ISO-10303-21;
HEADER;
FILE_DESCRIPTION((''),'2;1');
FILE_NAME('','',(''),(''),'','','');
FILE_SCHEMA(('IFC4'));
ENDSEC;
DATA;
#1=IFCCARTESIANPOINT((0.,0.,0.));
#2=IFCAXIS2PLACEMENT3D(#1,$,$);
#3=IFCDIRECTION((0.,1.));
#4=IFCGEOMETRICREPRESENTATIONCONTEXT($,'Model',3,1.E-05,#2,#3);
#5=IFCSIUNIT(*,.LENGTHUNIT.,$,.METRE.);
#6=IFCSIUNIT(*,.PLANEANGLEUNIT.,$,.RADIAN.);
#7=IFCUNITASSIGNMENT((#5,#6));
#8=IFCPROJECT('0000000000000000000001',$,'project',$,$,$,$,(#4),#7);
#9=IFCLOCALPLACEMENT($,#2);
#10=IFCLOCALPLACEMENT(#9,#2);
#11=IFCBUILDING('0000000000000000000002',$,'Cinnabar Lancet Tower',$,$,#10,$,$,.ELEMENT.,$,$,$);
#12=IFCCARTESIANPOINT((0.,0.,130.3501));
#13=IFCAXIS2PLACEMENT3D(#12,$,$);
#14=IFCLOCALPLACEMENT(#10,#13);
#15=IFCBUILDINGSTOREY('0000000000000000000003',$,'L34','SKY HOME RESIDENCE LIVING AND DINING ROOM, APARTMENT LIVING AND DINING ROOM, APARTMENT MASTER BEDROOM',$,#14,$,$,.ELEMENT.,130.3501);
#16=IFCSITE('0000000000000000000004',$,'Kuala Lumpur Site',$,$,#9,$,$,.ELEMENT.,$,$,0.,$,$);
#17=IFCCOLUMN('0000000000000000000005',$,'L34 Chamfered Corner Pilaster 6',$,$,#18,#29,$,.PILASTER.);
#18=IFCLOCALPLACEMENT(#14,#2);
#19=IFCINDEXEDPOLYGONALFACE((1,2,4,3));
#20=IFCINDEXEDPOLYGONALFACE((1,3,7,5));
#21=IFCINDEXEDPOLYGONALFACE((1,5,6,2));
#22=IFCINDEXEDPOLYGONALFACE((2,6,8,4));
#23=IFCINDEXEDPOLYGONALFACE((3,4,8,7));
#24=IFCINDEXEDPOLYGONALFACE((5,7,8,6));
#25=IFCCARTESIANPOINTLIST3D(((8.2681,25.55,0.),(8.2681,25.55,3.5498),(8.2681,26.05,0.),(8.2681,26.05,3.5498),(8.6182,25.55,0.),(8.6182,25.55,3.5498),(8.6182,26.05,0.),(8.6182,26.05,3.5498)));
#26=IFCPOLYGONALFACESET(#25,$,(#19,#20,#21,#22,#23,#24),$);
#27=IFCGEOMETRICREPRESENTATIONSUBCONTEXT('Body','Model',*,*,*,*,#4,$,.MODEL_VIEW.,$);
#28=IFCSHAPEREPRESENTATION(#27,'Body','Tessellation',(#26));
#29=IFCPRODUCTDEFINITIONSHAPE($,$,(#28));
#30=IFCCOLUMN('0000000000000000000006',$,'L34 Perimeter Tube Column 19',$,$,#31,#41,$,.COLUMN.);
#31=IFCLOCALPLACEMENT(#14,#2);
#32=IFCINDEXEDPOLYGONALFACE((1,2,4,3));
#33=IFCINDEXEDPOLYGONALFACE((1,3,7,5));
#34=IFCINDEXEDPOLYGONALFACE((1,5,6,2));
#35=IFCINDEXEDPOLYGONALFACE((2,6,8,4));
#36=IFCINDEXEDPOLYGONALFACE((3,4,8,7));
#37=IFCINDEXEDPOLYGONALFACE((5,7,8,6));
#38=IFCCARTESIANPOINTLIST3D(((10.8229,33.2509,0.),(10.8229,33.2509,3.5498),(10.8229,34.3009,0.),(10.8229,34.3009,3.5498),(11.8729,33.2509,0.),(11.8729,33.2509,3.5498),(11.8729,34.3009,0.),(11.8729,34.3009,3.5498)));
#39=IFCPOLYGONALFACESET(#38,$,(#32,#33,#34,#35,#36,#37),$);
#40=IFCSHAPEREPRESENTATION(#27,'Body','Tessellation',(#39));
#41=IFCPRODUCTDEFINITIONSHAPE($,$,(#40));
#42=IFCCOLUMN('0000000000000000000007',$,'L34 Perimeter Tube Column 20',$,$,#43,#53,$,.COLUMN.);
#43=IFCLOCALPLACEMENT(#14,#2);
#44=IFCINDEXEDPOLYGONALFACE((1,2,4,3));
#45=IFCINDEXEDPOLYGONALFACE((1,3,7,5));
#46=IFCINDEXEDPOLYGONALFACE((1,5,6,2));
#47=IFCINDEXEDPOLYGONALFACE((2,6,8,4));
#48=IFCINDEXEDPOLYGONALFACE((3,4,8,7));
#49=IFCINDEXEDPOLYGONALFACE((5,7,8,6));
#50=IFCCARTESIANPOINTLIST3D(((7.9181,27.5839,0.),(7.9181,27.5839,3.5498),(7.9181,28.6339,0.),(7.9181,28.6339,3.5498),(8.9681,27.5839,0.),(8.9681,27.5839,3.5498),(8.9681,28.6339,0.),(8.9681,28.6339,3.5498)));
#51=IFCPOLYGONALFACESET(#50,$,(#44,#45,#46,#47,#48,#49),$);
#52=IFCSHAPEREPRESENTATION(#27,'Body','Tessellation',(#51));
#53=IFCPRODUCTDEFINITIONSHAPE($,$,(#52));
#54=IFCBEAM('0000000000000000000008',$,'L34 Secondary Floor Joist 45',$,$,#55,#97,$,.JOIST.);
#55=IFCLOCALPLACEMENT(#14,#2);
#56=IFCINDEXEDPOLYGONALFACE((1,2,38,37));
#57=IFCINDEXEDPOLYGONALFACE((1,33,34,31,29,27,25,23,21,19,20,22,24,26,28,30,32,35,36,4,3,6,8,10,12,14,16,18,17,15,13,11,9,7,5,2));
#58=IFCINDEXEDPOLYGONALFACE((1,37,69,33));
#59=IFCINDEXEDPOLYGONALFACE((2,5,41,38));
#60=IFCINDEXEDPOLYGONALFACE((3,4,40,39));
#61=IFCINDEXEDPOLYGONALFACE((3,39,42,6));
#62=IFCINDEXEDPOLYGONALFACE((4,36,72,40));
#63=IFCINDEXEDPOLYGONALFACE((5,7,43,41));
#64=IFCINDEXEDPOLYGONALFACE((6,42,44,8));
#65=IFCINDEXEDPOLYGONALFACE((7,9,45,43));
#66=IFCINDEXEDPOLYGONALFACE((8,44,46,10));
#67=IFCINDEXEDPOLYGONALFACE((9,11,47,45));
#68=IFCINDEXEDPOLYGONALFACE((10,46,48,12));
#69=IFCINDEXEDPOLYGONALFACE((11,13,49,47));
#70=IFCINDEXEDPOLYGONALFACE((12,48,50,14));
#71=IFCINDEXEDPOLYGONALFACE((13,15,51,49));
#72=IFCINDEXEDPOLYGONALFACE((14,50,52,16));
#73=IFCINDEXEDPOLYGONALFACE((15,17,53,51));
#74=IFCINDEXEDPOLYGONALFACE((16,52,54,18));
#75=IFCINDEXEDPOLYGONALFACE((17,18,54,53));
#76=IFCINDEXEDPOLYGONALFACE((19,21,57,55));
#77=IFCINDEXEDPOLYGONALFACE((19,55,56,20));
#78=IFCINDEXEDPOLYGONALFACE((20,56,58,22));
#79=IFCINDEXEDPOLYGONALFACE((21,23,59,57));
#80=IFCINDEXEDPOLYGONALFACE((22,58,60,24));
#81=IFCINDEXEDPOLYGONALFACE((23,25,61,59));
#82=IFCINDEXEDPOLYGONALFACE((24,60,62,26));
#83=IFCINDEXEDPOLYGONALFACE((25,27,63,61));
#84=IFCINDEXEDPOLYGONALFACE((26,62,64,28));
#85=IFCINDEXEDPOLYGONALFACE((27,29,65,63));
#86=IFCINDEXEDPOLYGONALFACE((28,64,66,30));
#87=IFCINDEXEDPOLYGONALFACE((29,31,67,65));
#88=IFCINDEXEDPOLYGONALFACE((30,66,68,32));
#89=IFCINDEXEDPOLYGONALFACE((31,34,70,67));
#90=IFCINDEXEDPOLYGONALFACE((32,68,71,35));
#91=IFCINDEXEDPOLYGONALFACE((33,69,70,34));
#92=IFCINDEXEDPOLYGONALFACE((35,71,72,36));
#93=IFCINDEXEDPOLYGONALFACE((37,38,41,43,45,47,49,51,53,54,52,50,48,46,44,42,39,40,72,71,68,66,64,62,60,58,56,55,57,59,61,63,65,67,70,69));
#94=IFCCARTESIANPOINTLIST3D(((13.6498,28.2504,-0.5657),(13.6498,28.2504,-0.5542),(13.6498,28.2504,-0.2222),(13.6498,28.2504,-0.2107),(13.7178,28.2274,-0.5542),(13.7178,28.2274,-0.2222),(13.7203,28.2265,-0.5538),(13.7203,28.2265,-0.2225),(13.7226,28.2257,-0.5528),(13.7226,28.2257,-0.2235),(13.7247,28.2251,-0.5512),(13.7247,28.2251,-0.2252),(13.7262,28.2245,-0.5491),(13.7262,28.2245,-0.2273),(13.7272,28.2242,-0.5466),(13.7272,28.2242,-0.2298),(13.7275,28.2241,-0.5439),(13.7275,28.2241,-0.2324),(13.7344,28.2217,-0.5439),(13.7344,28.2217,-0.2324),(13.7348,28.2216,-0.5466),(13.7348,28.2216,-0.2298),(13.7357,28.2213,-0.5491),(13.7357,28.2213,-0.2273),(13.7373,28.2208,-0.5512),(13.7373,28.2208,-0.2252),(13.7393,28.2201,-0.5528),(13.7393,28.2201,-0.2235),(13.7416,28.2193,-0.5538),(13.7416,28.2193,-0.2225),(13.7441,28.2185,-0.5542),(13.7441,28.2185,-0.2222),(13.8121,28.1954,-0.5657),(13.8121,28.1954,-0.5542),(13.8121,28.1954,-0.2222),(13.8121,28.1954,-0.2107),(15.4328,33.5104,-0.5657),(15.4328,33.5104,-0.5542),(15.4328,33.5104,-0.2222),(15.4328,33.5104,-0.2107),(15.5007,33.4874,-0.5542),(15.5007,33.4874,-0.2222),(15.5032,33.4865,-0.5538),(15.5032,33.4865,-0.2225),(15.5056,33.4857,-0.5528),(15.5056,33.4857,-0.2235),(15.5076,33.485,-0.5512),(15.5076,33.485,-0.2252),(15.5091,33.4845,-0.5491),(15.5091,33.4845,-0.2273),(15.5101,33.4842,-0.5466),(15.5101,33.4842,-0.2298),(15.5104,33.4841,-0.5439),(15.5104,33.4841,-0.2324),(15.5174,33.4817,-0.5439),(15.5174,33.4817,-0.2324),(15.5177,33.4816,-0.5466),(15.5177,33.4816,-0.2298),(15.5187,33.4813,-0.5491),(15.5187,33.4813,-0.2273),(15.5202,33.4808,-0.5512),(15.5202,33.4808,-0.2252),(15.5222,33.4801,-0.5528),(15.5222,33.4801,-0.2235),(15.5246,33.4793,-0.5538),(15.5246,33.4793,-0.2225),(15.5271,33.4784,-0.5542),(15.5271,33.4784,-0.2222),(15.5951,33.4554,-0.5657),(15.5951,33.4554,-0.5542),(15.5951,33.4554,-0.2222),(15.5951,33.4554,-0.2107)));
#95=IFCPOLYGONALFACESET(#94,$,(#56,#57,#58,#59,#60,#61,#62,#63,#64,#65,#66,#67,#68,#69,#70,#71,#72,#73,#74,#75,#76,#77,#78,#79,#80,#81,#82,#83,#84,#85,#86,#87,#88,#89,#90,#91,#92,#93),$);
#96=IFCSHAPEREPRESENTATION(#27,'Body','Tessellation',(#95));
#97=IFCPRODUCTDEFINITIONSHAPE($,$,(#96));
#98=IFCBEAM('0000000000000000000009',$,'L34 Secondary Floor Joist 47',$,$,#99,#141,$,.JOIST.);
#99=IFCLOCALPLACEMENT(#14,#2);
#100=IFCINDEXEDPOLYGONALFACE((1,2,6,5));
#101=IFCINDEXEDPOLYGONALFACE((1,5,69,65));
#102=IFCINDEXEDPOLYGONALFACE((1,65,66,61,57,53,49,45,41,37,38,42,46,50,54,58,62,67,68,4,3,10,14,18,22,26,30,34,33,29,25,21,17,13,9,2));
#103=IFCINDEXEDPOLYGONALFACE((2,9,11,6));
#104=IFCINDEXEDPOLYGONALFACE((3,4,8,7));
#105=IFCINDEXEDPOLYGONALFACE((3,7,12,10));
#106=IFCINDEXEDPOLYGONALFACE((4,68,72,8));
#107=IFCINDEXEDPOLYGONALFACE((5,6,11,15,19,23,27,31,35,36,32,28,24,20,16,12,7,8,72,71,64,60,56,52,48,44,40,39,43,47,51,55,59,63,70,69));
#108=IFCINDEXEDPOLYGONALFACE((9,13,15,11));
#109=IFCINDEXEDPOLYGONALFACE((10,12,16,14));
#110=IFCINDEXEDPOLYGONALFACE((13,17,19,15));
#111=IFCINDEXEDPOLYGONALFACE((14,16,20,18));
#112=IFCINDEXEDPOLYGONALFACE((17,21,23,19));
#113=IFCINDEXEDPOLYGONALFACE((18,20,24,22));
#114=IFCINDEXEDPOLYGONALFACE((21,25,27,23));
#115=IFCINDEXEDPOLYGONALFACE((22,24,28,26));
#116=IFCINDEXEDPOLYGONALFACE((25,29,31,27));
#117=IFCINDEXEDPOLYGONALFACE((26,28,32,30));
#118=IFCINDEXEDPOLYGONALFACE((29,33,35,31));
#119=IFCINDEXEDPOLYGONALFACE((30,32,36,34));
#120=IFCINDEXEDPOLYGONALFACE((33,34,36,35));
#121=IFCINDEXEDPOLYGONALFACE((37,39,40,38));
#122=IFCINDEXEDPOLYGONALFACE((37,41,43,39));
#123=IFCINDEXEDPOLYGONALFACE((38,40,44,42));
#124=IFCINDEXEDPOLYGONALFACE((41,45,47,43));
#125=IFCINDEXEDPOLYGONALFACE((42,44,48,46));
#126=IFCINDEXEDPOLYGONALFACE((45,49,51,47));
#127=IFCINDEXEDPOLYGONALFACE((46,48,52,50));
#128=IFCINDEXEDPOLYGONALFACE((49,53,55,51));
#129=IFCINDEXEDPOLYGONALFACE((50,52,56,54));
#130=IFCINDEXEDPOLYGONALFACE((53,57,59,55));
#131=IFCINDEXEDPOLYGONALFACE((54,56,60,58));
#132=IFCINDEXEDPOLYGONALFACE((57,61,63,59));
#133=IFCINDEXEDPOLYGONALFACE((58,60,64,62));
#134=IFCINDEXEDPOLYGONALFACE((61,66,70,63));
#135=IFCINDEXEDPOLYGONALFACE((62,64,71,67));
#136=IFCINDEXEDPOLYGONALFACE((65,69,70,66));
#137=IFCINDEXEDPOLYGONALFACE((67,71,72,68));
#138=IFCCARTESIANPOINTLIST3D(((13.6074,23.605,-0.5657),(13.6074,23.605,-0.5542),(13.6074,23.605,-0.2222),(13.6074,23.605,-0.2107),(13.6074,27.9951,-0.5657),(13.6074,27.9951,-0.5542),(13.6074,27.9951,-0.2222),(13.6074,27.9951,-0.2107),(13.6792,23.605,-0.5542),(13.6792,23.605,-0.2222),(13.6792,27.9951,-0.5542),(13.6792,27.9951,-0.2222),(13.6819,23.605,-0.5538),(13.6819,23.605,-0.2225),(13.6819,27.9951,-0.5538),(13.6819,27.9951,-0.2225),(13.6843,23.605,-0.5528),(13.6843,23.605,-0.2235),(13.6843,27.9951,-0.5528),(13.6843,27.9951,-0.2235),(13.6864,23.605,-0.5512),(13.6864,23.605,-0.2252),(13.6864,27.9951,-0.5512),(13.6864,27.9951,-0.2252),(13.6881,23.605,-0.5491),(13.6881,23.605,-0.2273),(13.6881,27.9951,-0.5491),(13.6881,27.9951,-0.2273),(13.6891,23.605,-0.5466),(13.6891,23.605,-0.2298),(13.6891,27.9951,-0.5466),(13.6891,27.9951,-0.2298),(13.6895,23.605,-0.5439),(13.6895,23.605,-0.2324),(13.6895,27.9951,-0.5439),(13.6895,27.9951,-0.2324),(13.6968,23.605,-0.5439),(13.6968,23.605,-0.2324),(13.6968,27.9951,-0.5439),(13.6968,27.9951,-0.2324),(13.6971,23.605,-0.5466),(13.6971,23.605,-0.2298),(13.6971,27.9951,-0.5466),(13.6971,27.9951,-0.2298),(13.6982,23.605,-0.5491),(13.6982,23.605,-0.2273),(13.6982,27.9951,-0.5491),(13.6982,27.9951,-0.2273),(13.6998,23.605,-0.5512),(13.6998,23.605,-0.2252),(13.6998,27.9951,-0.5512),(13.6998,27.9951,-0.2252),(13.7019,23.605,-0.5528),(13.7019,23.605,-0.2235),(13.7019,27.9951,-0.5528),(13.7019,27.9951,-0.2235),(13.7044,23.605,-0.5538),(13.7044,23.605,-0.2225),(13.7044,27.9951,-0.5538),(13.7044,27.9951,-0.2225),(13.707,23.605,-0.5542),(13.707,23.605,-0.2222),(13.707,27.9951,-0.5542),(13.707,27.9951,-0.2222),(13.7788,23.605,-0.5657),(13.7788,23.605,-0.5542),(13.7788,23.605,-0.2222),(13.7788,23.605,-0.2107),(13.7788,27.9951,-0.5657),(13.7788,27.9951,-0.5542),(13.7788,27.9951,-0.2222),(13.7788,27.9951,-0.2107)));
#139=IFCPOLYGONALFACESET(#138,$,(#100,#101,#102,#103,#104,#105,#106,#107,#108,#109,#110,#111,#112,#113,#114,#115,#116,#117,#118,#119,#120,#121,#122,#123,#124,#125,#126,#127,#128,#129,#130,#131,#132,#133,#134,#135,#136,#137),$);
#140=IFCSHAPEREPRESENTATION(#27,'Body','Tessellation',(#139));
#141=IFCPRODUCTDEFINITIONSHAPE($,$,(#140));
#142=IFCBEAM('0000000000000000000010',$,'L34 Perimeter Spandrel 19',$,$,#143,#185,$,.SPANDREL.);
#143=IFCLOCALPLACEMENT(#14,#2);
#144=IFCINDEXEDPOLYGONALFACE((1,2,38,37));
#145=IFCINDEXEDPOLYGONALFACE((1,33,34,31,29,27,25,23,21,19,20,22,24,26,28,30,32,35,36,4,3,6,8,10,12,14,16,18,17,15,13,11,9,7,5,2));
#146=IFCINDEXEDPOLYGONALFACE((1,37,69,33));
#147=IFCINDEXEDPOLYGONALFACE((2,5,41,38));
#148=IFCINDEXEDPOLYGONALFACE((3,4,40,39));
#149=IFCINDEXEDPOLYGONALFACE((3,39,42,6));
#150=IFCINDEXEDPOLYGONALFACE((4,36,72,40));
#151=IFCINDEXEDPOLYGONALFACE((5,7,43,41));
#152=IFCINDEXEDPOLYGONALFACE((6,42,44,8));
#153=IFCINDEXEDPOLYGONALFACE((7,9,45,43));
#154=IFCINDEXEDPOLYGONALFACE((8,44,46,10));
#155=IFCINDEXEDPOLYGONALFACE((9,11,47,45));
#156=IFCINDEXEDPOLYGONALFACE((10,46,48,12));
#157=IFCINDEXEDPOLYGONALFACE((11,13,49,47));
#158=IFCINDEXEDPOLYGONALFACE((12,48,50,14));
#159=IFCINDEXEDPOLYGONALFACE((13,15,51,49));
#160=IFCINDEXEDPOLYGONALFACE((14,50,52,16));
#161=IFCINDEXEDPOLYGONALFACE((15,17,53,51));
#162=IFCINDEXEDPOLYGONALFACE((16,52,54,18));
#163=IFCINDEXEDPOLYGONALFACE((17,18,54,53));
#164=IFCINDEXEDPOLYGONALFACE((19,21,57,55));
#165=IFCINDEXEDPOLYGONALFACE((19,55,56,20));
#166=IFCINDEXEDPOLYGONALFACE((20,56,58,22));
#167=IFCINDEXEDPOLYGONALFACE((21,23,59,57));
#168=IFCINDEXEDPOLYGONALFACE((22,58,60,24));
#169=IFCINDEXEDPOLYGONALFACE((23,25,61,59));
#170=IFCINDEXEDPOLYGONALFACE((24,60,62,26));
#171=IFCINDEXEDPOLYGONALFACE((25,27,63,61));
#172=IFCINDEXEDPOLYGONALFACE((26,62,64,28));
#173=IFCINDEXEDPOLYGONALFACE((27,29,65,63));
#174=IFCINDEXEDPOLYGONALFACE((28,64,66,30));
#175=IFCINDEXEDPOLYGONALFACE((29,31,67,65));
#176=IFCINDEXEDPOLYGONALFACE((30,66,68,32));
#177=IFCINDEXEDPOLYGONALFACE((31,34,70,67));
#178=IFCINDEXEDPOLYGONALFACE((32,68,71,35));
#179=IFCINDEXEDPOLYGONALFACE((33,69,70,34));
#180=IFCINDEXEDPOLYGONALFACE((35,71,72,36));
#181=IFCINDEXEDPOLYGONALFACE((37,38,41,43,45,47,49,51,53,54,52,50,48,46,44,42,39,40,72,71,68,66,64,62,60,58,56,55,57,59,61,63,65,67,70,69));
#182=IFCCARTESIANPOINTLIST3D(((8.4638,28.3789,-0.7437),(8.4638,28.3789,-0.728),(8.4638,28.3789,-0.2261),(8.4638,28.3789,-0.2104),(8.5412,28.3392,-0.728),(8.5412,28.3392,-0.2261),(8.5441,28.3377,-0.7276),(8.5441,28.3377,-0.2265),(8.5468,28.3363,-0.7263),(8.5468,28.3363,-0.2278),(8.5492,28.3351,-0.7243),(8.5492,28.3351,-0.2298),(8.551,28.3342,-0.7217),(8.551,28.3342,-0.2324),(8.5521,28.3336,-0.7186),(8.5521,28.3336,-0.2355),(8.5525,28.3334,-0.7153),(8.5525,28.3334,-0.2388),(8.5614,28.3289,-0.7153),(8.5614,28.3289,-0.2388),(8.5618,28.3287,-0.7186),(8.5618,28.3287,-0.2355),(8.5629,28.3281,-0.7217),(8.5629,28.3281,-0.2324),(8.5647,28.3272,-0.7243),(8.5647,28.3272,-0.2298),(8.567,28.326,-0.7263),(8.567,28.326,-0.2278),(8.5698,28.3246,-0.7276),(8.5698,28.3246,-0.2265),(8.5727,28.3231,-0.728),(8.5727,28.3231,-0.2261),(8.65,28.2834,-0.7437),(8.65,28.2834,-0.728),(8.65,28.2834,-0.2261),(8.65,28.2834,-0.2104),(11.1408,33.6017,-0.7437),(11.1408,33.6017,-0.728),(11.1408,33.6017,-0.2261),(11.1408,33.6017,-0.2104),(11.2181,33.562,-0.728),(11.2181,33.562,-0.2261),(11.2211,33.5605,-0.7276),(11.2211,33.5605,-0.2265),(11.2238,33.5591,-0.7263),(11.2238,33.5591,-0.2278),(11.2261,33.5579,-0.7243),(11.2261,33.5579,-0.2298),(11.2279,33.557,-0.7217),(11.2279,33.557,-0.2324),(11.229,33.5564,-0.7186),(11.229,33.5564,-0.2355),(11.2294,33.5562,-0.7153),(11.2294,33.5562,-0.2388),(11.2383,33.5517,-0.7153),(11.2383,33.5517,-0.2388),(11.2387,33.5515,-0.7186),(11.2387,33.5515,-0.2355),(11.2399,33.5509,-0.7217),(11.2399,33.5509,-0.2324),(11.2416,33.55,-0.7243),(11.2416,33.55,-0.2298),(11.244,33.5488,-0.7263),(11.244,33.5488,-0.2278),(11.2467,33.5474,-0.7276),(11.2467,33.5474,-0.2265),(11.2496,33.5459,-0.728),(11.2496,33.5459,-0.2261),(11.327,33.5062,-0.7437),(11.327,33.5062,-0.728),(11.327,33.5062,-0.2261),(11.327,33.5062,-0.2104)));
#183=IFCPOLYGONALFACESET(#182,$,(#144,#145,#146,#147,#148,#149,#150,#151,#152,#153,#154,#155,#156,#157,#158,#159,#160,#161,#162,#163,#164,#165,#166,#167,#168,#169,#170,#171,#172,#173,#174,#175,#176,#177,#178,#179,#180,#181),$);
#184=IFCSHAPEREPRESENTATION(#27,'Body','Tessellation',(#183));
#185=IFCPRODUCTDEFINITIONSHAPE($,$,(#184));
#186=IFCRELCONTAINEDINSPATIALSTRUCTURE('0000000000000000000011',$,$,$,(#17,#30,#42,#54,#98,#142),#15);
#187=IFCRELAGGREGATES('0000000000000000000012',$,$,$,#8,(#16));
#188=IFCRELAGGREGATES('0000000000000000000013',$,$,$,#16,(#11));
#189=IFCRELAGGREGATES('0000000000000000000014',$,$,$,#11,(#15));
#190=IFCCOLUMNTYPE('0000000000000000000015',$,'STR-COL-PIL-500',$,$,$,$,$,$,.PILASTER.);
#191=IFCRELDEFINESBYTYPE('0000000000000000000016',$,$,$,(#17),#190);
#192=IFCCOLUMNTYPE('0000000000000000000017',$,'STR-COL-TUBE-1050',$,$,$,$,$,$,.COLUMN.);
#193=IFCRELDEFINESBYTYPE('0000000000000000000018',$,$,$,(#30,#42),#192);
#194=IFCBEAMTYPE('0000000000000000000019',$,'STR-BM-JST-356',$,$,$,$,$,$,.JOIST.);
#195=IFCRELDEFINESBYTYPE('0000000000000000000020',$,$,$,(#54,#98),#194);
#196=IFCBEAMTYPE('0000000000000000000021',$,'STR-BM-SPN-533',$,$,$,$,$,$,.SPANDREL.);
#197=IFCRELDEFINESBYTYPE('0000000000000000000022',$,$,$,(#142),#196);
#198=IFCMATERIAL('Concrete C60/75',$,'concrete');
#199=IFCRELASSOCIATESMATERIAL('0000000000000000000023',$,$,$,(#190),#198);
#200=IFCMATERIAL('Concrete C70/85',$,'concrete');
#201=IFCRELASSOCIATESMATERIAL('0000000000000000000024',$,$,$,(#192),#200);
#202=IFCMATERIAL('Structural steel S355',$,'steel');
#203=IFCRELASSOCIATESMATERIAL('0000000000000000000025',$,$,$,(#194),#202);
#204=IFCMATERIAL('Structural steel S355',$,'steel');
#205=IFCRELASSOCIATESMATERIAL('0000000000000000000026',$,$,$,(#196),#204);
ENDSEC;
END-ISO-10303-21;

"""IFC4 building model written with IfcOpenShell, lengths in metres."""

from ifc_helpers import new_model, si_unit, direction, frame, origin, origin_2d, place, context, subcontext, project, spatial, rectangle, i_section, extrude, material, material_profile, profile_set, type_object, element, save


model = new_model("IFC4")

# Units and contexts
model_context = context("Model", 3, precision=1e-05, world=origin(), true_north=direction((0.0, 1.0)))
body_context = subcontext(model_context, "Body", "Model", "MODEL_VIEW")
ifc_project = project(units=[si_unit("LENGTHUNIT", "METRE"), si_unit("PLANEANGLEUNIT", "RADIAN")], contexts=[model_context])

# Site, building, storey
site_placement = place(None, origin())
site = spatial("IfcSite", under=ifc_project, at=site_placement, Name="Kuala Lumpur Site", CompositionType="ELEMENT", RefElevation=0.0)
building_placement = place(site_placement, origin())
building = spatial("IfcBuilding", under=site, at=building_placement, Name="Cinnabar Lancet Tower", CompositionType="ELEMENT")
storey_placement = place(building_placement, frame((0.0, 0.0, 130.3501)))
storey = spatial("IfcBuildingStorey", under=building, at=storey_placement, Name="L34", Description="SKY HOME RESIDENCE LIVING AND DINING ROOM, APARTMENT LIVING AND DINING ROOM, APARTMENT MASTER BEDROOM", CompositionType="ELEMENT", Elevation=130.3501)

# Columns
ifc_material_1 = material(Name="Concrete C60/75", Category="concrete")
ifc_material_profile_1 = material_profile(ifc_material_1, rectangle(XDim=0.5, YDim=0.3501, at=origin_2d()), Name="RC-PIL 500x350")
ifc_profile_set_1 = profile_set([ifc_material_profile_1], Name="Concrete C60/75")
column_type_1 = type_object("IfcColumnType", Name="STR-COL-PIL-500", PredefinedType="PILASTER", material=ifc_profile_set_1)
column_placement = place(storey_placement, frame((8.4431, 25.8, 0.0), z_axis=(0.0, 0.0, 1.0), x_axis=(0.0, -1.0, 0.0)))
element("IfcColumn", 1, at=column_placement, inside=storey, type_object=column_type_1, Name="L34 Chamfered Corner Pilaster 6", PredefinedType="PILASTER", context=body_context, shape_type="SweptSolid", body=[
    extrude(rectangle(XDim=0.5, YDim=0.3501, at=origin_2d()), origin(), (0.0, 0.0, 1.0), 3.5498),
])
ifc_material_2 = material(Name="Concrete C70/85", Category="concrete")
ifc_material_profile_2 = material_profile(ifc_material_2, rectangle(XDim=1.05, YDim=1.05, at=origin_2d()), Name="RC-COL 1050x1050")
ifc_profile_set_2 = profile_set([ifc_material_profile_2], Name="Concrete C70/85")
column_type_2 = type_object("IfcColumnType", Name="STR-COL-TUBE-1050", PredefinedType="COLUMN", material=ifc_profile_set_2)
for number, where, z_axis, x_axis, name in (
    (2, (11.3479, 33.7759, 0.0), (0.0, 0.0, 1.0), (1.0, 0.0, 0.0), "L34 Perimeter Tube Column 19"),
    (3, (8.4431, 28.1089, 0.0), (0.0, 0.0, 1.0), (1.0, 0.0, 0.0), "L34 Perimeter Tube Column 20"),
):
    element("IfcColumn", number, at=place(storey_placement, frame(where, z_axis=z_axis, x_axis=x_axis)), inside=storey, type_object=column_type_2, Name=name, PredefinedType="COLUMN", context=body_context, shape_type="SweptSolid", body=[
        extrude(rectangle(XDim=1.05, YDim=1.05, at=origin_2d()), origin(), (0.0, 0.0, 1.0), 3.5498),
    ])

# Beams
ifc_material_3 = material(Name="Structural steel S355", Category="steel")
ifc_material_profile_3 = material_profile(ifc_material_3, i_section(OverallWidth=0.1714, OverallDepth=0.355, WebThickness=0.0073, FlangeThickness=0.0115, FilletRadius=0.0103, at=origin_2d()), Name="UKB 356x171x51")
ifc_profile_set_3 = profile_set([ifc_material_profile_3], Name="Structural steel S355")
beam_type_1 = type_object("IfcBeamType", Name="STR-BM-JST-356", PredefinedType="JOIST", material=ifc_profile_set_3)
beam_1_placement = place(storey_placement, frame((15.5139, 33.4829, -0.3882), z_axis=(-0.321024, -0.947071, 0.0), x_axis=(0.947071, -0.321024, 0.0)))
element("IfcBeam", 4, at=beam_1_placement, inside=storey, type_object=beam_type_1, Name="L34 Secondary Floor Joist 45", PredefinedType="JOIST", context=body_context, shape_type="SweptSolid", body=[
    extrude(i_section(OverallWidth=0.1714, OverallDepth=0.355, WebThickness=0.0073, FlangeThickness=0.0115, FilletRadius=0.0103, at=origin_2d()), origin(), (0.0, 0.0, 1.0), 5.554),
])
beam_2_placement = place(storey_placement, frame((13.6931, 27.9951, -0.3882), z_axis=(0.0, -1.0, 0.0), x_axis=(1.0, 0.0, 0.0)))
element("IfcBeam", 5, at=beam_2_placement, inside=storey, type_object=beam_type_1, Name="L34 Secondary Floor Joist 47", PredefinedType="JOIST", context=body_context, shape_type="SweptSolid", body=[
    extrude(i_section(OverallWidth=0.1714, OverallDepth=0.355, WebThickness=0.0073, FlangeThickness=0.0115, FilletRadius=0.0103, at=origin_2d()), origin(), (0.0, 0.0, 1.0), 4.3901),
])
ifc_material_4 = material(Name="Structural steel S355", Category="steel")
ifc_material_profile_4 = material_profile(ifc_material_4, i_section(OverallWidth=0.2092, OverallDepth=0.5332, WebThickness=0.01, FlangeThickness=0.0156, FilletRadius=0.0127, at=origin_2d()), Name="UKB 533x210x92")
ifc_profile_set_4 = profile_set([ifc_material_profile_4], Name="Structural steel S355")
beam_type_2 = type_object("IfcBeamType", Name="STR-BM-SPN-533", PredefinedType="SPANDREL", material=ifc_profile_set_4)
beam_3_placement = place(storey_placement, frame((11.2339, 33.554, -0.4771), z_axis=(-0.456127, -0.889915, 0.0), x_axis=(0.889915, -0.456127, 0.0)))
element("IfcBeam", 6, at=beam_3_placement, inside=storey, type_object=beam_type_2, Name="L34 Perimeter Spandrel 19", PredefinedType="SPANDREL", context=body_context, shape_type="SweptSolid", body=[
    extrude(i_section(OverallWidth=0.2092, OverallDepth=0.5332, WebThickness=0.01, FlangeThickness=0.0156, FilletRadius=0.0127, at=origin_2d()), origin(), (0.0, 0.0, 1.0), 5.8689),
])

save(model, "model.ifc")
